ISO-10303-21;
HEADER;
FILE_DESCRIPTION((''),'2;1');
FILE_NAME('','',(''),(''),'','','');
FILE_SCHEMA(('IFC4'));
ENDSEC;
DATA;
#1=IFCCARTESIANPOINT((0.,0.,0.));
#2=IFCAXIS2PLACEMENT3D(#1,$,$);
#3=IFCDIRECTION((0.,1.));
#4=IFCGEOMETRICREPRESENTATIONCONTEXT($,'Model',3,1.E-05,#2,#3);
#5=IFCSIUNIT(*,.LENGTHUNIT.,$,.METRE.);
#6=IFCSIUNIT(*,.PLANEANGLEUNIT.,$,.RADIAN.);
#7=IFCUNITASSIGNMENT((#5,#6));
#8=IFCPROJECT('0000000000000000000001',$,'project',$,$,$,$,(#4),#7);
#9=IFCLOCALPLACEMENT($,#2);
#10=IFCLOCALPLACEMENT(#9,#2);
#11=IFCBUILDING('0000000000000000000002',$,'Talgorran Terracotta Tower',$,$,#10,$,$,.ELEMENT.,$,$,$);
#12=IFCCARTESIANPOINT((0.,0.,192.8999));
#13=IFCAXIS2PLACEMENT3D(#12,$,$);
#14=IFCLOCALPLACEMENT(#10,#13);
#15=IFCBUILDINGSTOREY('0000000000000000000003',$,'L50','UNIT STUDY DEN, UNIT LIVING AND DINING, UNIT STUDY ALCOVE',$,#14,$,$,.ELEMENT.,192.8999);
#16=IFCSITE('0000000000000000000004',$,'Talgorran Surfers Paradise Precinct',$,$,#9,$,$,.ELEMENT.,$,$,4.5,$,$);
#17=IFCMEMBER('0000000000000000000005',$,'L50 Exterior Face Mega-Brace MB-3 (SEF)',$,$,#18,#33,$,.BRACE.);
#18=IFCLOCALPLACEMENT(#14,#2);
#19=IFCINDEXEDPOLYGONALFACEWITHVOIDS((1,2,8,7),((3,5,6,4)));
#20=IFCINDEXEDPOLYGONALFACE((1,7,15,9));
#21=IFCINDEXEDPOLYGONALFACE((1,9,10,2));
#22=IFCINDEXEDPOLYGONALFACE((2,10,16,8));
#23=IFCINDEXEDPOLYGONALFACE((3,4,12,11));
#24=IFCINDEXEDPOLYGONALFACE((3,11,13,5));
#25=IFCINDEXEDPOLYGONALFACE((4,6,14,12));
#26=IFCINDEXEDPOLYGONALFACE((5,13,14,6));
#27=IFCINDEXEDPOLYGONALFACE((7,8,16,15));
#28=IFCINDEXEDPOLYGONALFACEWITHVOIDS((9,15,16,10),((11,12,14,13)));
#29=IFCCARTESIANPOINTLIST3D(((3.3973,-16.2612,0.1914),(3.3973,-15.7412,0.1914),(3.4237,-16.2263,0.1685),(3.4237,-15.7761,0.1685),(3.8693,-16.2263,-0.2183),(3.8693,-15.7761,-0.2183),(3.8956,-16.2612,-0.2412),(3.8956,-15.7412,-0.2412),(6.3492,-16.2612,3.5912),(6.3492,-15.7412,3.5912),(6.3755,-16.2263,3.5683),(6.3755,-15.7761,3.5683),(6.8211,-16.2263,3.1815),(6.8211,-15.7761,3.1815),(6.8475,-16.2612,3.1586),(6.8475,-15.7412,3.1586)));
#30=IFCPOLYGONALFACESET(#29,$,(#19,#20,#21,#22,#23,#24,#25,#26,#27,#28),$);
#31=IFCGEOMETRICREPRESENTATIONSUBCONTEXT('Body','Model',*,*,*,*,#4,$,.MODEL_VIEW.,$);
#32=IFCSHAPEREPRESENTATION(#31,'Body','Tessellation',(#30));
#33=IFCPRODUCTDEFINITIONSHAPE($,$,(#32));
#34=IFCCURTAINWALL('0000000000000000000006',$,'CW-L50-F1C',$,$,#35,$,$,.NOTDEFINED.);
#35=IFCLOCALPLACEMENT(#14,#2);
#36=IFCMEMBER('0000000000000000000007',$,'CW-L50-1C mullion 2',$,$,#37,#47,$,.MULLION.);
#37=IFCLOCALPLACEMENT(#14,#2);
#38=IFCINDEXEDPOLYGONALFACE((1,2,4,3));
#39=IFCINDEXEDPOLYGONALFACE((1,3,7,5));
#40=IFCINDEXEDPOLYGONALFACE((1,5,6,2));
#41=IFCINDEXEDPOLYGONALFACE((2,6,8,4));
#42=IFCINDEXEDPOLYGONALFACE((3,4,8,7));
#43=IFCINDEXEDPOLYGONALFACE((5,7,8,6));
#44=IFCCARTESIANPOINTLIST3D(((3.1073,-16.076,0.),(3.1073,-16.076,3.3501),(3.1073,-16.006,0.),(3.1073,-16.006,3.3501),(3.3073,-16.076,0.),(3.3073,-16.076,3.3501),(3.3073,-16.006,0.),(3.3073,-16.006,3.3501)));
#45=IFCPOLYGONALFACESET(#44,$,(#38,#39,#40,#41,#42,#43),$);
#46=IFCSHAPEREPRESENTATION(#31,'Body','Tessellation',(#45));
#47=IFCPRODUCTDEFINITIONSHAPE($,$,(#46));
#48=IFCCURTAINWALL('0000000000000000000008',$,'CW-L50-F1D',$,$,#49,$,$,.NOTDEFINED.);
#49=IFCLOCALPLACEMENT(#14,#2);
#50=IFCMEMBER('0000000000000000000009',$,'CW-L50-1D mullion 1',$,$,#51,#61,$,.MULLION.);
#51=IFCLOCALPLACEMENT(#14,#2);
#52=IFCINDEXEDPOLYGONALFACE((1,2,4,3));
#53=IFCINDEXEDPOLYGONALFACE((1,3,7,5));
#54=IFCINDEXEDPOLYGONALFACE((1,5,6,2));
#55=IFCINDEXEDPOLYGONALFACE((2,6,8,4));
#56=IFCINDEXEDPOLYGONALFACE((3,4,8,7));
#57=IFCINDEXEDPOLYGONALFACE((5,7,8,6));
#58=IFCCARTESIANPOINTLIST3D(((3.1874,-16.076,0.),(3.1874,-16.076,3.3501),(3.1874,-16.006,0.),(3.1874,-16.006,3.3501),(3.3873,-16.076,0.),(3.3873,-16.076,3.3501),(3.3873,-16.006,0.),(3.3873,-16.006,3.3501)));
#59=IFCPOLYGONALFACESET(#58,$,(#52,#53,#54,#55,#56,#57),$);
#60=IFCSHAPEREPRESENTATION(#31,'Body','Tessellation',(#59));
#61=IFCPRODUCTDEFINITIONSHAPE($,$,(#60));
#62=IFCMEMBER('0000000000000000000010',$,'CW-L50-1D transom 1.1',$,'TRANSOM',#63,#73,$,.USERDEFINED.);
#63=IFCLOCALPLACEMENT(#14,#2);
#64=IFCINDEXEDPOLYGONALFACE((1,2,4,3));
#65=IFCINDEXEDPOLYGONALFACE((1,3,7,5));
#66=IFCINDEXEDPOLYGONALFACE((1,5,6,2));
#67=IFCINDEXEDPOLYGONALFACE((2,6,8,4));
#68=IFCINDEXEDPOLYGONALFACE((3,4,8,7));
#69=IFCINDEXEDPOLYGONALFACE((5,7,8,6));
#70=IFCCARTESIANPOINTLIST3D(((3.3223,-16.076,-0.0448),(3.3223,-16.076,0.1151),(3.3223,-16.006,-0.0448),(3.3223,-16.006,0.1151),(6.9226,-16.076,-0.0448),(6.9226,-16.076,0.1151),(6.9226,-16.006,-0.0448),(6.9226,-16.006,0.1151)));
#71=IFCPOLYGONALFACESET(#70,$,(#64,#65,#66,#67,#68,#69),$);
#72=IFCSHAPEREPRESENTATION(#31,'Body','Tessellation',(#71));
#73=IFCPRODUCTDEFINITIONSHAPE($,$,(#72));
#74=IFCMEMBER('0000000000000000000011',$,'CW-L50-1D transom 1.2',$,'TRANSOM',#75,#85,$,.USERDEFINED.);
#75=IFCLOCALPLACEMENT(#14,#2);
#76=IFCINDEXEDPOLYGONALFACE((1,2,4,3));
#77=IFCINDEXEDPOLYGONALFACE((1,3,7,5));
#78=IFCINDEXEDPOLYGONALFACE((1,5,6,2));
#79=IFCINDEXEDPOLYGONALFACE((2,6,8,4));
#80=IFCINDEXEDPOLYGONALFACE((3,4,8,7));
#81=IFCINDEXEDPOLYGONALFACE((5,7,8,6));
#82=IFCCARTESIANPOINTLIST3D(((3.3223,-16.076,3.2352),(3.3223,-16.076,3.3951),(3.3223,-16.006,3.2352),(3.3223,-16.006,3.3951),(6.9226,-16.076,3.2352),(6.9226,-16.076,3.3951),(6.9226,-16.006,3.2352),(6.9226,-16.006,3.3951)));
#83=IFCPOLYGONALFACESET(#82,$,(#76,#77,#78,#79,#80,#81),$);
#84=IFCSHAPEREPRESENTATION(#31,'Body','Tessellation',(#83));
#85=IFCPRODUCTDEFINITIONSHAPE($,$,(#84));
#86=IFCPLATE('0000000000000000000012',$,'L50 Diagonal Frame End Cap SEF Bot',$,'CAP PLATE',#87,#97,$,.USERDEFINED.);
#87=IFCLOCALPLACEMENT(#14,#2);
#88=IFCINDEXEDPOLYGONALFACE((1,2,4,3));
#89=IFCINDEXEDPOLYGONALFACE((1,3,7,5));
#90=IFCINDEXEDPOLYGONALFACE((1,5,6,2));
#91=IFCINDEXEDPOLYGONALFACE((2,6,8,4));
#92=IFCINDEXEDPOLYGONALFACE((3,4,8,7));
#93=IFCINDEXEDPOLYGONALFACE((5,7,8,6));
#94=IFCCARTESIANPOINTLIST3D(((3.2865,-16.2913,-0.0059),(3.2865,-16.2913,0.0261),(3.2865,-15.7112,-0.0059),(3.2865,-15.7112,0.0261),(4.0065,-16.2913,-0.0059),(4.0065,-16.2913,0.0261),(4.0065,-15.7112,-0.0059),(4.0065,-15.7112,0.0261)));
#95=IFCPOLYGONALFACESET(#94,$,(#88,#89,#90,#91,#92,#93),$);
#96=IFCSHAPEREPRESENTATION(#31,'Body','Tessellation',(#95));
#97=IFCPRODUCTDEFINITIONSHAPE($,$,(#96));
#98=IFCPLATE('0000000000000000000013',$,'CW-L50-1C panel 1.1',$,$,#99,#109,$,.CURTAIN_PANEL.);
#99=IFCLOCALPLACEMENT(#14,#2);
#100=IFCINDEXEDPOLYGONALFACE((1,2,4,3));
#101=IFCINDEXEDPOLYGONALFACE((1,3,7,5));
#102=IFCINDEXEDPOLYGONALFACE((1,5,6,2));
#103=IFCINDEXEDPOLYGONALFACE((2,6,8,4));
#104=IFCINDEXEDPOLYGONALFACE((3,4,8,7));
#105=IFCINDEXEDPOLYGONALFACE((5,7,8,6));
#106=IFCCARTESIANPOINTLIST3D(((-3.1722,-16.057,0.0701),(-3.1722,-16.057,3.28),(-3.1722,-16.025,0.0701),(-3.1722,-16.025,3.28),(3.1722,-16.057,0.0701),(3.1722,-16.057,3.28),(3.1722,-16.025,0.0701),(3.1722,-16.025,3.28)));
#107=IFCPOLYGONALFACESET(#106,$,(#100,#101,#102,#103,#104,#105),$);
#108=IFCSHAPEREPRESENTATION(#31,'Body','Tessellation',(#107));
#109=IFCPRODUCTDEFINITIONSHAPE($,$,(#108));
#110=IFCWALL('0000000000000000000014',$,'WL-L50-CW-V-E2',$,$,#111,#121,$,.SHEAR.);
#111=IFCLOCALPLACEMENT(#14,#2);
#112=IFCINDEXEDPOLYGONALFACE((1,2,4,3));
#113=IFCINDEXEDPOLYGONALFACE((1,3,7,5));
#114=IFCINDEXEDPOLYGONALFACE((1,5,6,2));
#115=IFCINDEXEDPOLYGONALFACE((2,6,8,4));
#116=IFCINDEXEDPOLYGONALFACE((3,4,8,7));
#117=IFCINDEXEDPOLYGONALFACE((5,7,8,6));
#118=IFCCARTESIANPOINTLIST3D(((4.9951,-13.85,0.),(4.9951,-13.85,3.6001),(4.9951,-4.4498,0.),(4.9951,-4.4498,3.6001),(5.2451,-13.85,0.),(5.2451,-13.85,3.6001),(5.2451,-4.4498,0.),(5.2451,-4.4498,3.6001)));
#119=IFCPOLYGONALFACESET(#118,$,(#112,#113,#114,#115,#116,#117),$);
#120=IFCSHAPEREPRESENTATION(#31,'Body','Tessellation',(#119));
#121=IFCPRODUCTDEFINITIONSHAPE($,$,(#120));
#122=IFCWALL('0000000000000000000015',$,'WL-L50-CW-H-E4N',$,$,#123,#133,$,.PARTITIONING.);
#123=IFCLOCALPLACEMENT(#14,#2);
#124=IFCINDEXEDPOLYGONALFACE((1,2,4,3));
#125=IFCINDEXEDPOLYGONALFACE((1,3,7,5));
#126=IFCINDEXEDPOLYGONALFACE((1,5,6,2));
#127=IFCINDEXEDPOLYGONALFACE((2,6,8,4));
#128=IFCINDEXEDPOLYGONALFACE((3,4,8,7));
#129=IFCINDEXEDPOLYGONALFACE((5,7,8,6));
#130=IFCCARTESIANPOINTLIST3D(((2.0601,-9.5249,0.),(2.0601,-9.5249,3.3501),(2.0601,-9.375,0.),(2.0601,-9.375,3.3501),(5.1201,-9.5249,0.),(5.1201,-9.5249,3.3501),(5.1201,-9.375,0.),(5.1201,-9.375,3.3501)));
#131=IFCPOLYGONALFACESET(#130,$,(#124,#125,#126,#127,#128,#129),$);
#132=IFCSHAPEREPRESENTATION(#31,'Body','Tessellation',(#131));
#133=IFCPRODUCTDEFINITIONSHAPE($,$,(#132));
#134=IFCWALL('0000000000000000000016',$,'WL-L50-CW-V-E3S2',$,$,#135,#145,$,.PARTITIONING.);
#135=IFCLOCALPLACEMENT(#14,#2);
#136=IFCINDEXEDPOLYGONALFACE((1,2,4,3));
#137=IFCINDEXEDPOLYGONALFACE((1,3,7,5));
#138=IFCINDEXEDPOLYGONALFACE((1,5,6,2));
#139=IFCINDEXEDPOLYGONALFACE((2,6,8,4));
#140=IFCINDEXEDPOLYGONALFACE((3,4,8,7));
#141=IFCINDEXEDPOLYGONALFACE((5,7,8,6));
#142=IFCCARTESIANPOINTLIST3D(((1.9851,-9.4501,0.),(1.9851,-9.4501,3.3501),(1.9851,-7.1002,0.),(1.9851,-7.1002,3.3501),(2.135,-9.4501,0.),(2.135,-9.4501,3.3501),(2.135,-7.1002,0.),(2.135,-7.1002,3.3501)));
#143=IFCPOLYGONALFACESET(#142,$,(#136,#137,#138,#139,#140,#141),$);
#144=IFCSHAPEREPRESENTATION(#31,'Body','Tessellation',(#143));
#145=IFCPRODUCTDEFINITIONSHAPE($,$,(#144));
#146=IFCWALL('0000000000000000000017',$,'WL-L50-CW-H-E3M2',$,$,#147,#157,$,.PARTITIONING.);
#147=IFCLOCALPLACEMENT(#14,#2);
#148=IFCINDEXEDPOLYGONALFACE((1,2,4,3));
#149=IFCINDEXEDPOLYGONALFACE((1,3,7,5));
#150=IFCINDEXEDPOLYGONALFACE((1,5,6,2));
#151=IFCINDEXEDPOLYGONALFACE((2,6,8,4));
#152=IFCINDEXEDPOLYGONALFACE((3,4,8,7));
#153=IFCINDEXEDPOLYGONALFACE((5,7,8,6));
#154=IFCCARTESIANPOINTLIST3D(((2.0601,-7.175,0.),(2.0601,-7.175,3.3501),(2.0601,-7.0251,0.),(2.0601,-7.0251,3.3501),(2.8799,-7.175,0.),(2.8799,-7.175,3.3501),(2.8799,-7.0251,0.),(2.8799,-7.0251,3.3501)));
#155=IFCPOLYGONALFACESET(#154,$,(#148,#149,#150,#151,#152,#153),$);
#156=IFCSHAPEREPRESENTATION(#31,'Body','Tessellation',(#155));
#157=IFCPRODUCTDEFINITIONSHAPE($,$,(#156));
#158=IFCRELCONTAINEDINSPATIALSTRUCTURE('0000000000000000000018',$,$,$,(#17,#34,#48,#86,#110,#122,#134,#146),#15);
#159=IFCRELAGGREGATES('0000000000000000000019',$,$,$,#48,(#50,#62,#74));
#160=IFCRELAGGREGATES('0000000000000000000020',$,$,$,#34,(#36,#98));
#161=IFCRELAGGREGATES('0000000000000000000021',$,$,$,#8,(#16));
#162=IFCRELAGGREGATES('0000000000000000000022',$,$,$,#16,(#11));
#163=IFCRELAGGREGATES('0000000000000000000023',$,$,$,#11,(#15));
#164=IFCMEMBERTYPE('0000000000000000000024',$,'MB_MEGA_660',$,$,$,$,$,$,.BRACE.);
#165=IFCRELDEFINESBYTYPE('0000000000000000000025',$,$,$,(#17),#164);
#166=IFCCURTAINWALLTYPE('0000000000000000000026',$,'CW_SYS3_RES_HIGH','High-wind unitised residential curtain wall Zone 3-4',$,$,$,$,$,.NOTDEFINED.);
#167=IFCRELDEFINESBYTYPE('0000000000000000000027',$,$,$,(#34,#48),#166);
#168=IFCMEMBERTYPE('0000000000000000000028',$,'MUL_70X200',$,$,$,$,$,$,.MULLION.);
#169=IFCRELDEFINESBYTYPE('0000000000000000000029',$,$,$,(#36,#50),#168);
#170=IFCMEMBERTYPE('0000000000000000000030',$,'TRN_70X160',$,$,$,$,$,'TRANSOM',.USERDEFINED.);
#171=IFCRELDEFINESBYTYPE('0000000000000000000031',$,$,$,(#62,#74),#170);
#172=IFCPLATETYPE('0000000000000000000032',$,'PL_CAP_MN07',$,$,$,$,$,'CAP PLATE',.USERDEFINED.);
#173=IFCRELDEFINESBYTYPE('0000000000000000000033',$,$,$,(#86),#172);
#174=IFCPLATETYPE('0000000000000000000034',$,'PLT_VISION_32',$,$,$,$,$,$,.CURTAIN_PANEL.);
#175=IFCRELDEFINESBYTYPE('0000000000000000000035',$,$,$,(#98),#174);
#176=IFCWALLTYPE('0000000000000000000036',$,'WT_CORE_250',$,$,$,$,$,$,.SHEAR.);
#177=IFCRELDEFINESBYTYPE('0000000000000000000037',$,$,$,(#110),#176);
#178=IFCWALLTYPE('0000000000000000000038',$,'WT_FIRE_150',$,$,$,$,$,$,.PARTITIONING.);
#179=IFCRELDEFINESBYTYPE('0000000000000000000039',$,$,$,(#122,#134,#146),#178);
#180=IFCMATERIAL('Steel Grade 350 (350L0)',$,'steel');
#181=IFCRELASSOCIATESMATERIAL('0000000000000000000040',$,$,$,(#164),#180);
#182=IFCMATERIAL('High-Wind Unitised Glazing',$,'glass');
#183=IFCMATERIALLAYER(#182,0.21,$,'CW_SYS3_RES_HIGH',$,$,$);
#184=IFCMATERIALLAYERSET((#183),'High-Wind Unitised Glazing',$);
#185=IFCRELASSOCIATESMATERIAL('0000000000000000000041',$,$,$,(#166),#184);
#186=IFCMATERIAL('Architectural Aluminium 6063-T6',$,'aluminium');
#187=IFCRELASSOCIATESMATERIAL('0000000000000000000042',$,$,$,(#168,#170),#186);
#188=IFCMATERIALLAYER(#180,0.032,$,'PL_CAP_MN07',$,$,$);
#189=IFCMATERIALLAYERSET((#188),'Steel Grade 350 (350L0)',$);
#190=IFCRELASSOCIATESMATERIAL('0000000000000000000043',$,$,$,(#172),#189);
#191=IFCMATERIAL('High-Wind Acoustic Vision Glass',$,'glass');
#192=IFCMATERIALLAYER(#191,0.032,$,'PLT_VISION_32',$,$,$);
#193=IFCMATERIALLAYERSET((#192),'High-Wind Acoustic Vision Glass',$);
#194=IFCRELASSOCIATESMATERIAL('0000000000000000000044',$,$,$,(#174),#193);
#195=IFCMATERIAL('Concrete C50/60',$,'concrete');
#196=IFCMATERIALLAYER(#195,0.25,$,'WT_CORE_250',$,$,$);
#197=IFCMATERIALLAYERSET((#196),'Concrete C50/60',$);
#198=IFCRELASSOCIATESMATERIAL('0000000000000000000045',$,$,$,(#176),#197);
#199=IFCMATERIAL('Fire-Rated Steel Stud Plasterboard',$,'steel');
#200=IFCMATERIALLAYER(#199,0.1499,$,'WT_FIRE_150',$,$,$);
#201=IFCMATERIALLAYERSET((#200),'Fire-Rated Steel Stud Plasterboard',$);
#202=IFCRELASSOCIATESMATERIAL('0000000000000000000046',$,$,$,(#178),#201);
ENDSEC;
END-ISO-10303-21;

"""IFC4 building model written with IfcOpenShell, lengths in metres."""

from ifc_helpers import new_model, si_unit, direction, frame, frame_2d, origin, origin_2d, place, context, subcontext, project, spatial, rectangle, hollow_rectangle, extrude, source, transform, mapped, material, layer, layer_set, material_profile, profile_set, type_object, type_shapes, element, aggregate, save


model = new_model("IFC4")

# Units and contexts
model_context = context("Model", 3, precision=1e-05, world=origin(), true_north=direction((0.0, 1.0)))
body_context = subcontext(model_context, "Body", "Model", "MODEL_VIEW")
ifc_project = project(units=[si_unit("LENGTHUNIT", "METRE"), si_unit("PLANEANGLEUNIT", "RADIAN")], contexts=[model_context])

# Site, building, storey
site_placement = place(None, origin())
site = spatial("IfcSite", under=ifc_project, at=site_placement, Name="Talgorran Surfers Paradise Precinct", CompositionType="ELEMENT", RefElevation=4.5)
building_placement = place(site_placement, origin())
building = spatial("IfcBuilding", under=site, at=building_placement, Name="Talgorran Terracotta Tower", CompositionType="ELEMENT")
storey_placement = place(building_placement, frame((0.0, 0.0, 192.8999)))
storey = spatial("IfcBuildingStorey", under=building, at=storey_placement, Name="L50", Description="UNIT STUDY DEN, UNIT LIVING AND DINING, UNIT STUDY ALCOVE", CompositionType="ELEMENT", Elevation=192.8999)

# Member
ifc_material_1 = material(Name="Steel Grade 350 (350L0)", Category="steel")
ifc_material_profile_1 = material_profile(ifc_material_1, hollow_rectangle(XDim=0.52, YDim=0.6599, WallThickness=0.0349, at=origin_2d()), Name="WBOX660X520X35")
ifc_profile_set_1 = profile_set([ifc_material_profile_1], Name="Steel Grade 350 (350L0)")
member_type_1 = type_object("IfcMemberType", Name="MB_MEGA_660", PredefinedType="BRACE", material=ifc_profile_set_1)
member_1_placement = place(storey_placement, frame((3.6465, -16.0012, -0.0249), z_axis=(0.655605, 0.0, 0.755104), x_axis=(0.0, 1.0, 0.0)))
element("IfcMember", 1, at=member_1_placement, inside=storey, type_object=member_type_1, Name="L50 Exterior Face Mega-Brace MB-3 (SEF)", PredefinedType="BRACE", context=body_context, shape_type="SweptSolid", body=[
    extrude(hollow_rectangle(XDim=0.52, YDim=0.6599, WallThickness=0.0349, at=origin_2d()), origin(), (0.0, 0.0, 1.0), 4.5024),
])

# Curtain wall, member
ifc_material_2 = material(Name="High-Wind Unitised Glazing", Category="glass")
ifc_layer_1 = layer(ifc_material_2, 0.21, Name="CW_SYS3_RES_HIGH")
ifc_layer_set_1 = layer_set([ifc_layer_1], Name="High-Wind Unitised Glazing")
curtain_wall_type = type_object("IfcCurtainWallType", Name="CW_SYS3_RES_HIGH", Description="High-wind unitised residential curtain wall Zone 3-4", PredefinedType="NOTDEFINED", material=ifc_layer_set_1)
curtain_wall_1_placement = place(storey_placement, origin())
curtain_wall_1 = element("IfcCurtainWall", 2, at=curtain_wall_1_placement, inside=storey, type_object=curtain_wall_type, Name="CW-L50-F1C", PredefinedType="NOTDEFINED")
ifc_material_3 = material(Name="Architectural Aluminium 6063-T6", Category="aluminium")
ifc_material_profile_2 = material_profile(ifc_material_3, rectangle(XDim=0.0701, YDim=0.2, at=origin_2d()), Name="CWM70X200")
ifc_profile_set_2 = profile_set([ifc_material_profile_2], Name="Architectural Aluminium 6063-T6")
member_type_2 = type_object("IfcMemberType", Name="MUL_70X200", PredefinedType="MULLION", material=ifc_profile_set_2)
member_2_placement = place(storey_placement, frame((3.2073, -16.041, 0.0), z_axis=(0.0, 0.0, 1.0), x_axis=(0.0, 1.0, 0.0)))
member_2 = element("IfcMember", 3, at=member_2_placement, type_object=member_type_2, Name="CW-L50-1C mullion 2", PredefinedType="MULLION", context=body_context, shape_type="SweptSolid", body=[
    extrude(rectangle(XDim=0.0701, YDim=0.2, at=origin_2d()), origin(), (0.0, 0.0, 1.0), 3.3501),
])

# Curtain wall, members
curtain_wall_2_placement = place(storey_placement, origin())
curtain_wall_2 = element("IfcCurtainWall", 4, at=curtain_wall_2_placement, inside=storey, type_object=curtain_wall_type, Name="CW-L50-F1D", PredefinedType="NOTDEFINED")
member_3_placement = place(storey_placement, frame((3.2874, -16.041, 0.0), z_axis=(0.0, 0.0, 1.0), x_axis=(0.0, 1.0, 0.0)))
member_3 = element("IfcMember", 5, at=member_3_placement, type_object=member_type_2, Name="CW-L50-1D mullion 1", PredefinedType="MULLION", context=body_context, shape_type="SweptSolid", body=[
    extrude(rectangle(XDim=0.0701, YDim=0.2, at=origin_2d()), origin(), (0.0, 0.0, 1.0), 3.3501),
])
ifc_material_profile_3 = material_profile(ifc_material_3, rectangle(XDim=0.0701, YDim=0.1599, at=origin_2d()), Name="CWT70X160")
ifc_profile_set_3 = profile_set([ifc_material_profile_3], Name="Architectural Aluminium 6063-T6")
member_type_3 = type_object("IfcMemberType", Name="TRN_70X160", ElementType="TRANSOM", PredefinedType="USERDEFINED", material=ifc_profile_set_3)
member_4_placement = place(storey_placement, frame((3.3223, -16.041, 0.0352), z_axis=(1.0, 0.0, 0.0), x_axis=(0.0, 1.0, 0.0)))
member_4 = element("IfcMember", 6, at=member_4_placement, type_object=member_type_3, Name="CW-L50-1D transom 1.1", ObjectType="TRANSOM", PredefinedType="USERDEFINED", context=body_context, shape_type="SweptSolid", body=[
    extrude(rectangle(XDim=0.0701, YDim=0.1599, at=origin_2d()), origin(), (0.0, 0.0, 1.0), 3.6003),
])
member_5_placement = place(storey_placement, frame((3.3223, -16.041, 3.3152), z_axis=(1.0, 0.0, 0.0), x_axis=(0.0, 1.0, 0.0)))
member_5 = element("IfcMember", 7, at=member_5_placement, type_object=member_type_3, Name="CW-L50-1D transom 1.2", ObjectType="TRANSOM", PredefinedType="USERDEFINED", context=body_context, shape_type="SweptSolid", body=[
    extrude(rectangle(XDim=0.0701, YDim=0.1599, at=origin_2d()), origin(), (0.0, 0.0, 1.0), 3.6003),
])
aggregate(curtain_wall_2, [member_3, member_4, member_5])

# Plates
ifc_layer_2 = layer(ifc_material_1, 0.032, Name="PL_CAP_MN07")
ifc_layer_set_2 = layer_set([ifc_layer_2], Name="Steel Grade 350 (350L0)")
plate_type_1 = type_object("IfcPlateType", Name="PL_CAP_MN07", ElementType="CAP PLATE", PredefinedType="USERDEFINED", material=ifc_layer_set_2)
plate_1_placement = place(storey_placement, frame((3.6465, -16.0012, -0.0059), z_axis=(0.0, 0.0, 1.0), x_axis=(1.0, 0.0, 0.0)))
element("IfcPlate", 8, at=plate_1_placement, inside=storey, type_object=plate_type_1, Name="L50 Diagonal Frame End Cap SEF Bot", ObjectType="CAP PLATE", PredefinedType="USERDEFINED", context=body_context, shape_type="SweptSolid", body=[
    extrude(rectangle(XDim=0.72, YDim=0.5801, at=origin_2d()), origin(), (0.0, 0.0, 1.0), 0.032),
])
ifc_material_4 = material(Name="High-Wind Acoustic Vision Glass", Category="glass")
ifc_layer_3 = layer(ifc_material_4, 0.032, Name="PLT_VISION_32")
ifc_layer_set_3 = layer_set([ifc_layer_3], Name="High-Wind Acoustic Vision Glass")
plate_type_2 = type_object("IfcPlateType", Name="PLT_VISION_32", PredefinedType="CURTAIN_PANEL", material=ifc_layer_set_3)
shared_shape_1 = source(origin(), body_context, "Body", "SweptSolid", [
    extrude(rectangle(XDim=6.3445, YDim=0.032, at=origin_2d()), origin(), (0.0, 0.0, 1.0), 3.21),
])
type_shapes(plate_type_2, [shared_shape_1])
plate_2_placement = place(storey_placement, frame((0.0, -16.041, 0.0701), z_axis=(0.0, 0.0, 1.0), x_axis=(1.0, 0.0, 0.0)))
plate_2 = element("IfcPlate", 9, at=plate_2_placement, type_object=plate_type_2, Name="CW-L50-1C panel 1.1", PredefinedType="CURTAIN_PANEL", context=body_context, shape_type="MappedRepresentation", body=[
    mapped(shared_shape_1, transform((0.0, 0.0, 0.0), scale=1.0)),
])
aggregate(curtain_wall_1, [member_2, plate_2])

# Walls
ifc_material_5 = material(Name="Concrete C50/60", Category="concrete")
ifc_layer_4 = layer(ifc_material_5, 0.25, Name="WT_CORE_250")
ifc_layer_set_4 = layer_set([ifc_layer_4], Name="Concrete C50/60")
wall_type_1 = type_object("IfcWallType", Name="WT_CORE_250", PredefinedType="SHEAR", material=ifc_layer_set_4)
wall_1_placement = place(storey_placement, frame((5.1201, -13.8501, 0.0), z_axis=(0.0, 0.0, 1.0), x_axis=(0.0, 1.0, 0.0)))
element("IfcWall", 10, at=wall_1_placement, inside=storey, type_object=wall_type_1, Name="WL-L50-CW-V-E2", PredefinedType="SHEAR", context=body_context, shape_type="SweptSolid", body=[
    extrude(rectangle(XDim=9.4001, YDim=0.25, at=frame_2d((4.7002, 0.0))), origin(), (0.0, 0.0, 1.0), 3.6001),
])
ifc_material_6 = material(Name="Fire-Rated Steel Stud Plasterboard", Category="steel")
ifc_layer_5 = layer(ifc_material_6, 0.1499, Name="WT_FIRE_150")
ifc_layer_set_5 = layer_set([ifc_layer_5], Name="Fire-Rated Steel Stud Plasterboard")
wall_type_2 = type_object("IfcWallType", Name="WT_FIRE_150", PredefinedType="PARTITIONING", material=ifc_layer_set_5)
wall_2_placement = place(storey_placement, frame((2.0601, -9.45, 0.0), z_axis=(0.0, 0.0, 1.0), x_axis=(1.0, 0.0, 0.0)))
element("IfcWall", 11, at=wall_2_placement, inside=storey, type_object=wall_type_2, Name="WL-L50-CW-H-E4N", PredefinedType="PARTITIONING", context=body_context, shape_type="SweptSolid", body=[
    extrude(rectangle(XDim=3.0601, YDim=0.1499, at=frame_2d((1.53, 0.0))), origin(), (0.0, 0.0, 1.0), 3.3501),
])
wall_3_placement = place(storey_placement, frame((2.0601, -9.45, 0.0), z_axis=(0.0, 0.0, 1.0), x_axis=(0.0, 1.0, 0.0)))
element("IfcWall", 12, at=wall_3_placement, inside=storey, type_object=wall_type_2, Name="WL-L50-CW-V-E3S2", PredefinedType="PARTITIONING", context=body_context, shape_type="SweptSolid", body=[
    extrude(rectangle(XDim=2.3499, YDim=0.1499, at=frame_2d((1.1748, 0.0))), origin(), (0.0, 0.0, 1.0), 3.3501),
])
wall_4_placement = place(storey_placement, frame((2.0601, -7.1001, 0.0), z_axis=(0.0, 0.0, 1.0), x_axis=(1.0, 0.0, 0.0)))
element("IfcWall", 13, at=wall_4_placement, inside=storey, type_object=wall_type_2, Name="WL-L50-CW-H-E3M2", PredefinedType="PARTITIONING", context=body_context, shape_type="SweptSolid", body=[
    extrude(rectangle(XDim=0.8198, YDim=0.1499, at=frame_2d((0.4099, 0.0))), origin(), (0.0, 0.0, 1.0), 3.3501),
])

save(model, "model.ifc")
